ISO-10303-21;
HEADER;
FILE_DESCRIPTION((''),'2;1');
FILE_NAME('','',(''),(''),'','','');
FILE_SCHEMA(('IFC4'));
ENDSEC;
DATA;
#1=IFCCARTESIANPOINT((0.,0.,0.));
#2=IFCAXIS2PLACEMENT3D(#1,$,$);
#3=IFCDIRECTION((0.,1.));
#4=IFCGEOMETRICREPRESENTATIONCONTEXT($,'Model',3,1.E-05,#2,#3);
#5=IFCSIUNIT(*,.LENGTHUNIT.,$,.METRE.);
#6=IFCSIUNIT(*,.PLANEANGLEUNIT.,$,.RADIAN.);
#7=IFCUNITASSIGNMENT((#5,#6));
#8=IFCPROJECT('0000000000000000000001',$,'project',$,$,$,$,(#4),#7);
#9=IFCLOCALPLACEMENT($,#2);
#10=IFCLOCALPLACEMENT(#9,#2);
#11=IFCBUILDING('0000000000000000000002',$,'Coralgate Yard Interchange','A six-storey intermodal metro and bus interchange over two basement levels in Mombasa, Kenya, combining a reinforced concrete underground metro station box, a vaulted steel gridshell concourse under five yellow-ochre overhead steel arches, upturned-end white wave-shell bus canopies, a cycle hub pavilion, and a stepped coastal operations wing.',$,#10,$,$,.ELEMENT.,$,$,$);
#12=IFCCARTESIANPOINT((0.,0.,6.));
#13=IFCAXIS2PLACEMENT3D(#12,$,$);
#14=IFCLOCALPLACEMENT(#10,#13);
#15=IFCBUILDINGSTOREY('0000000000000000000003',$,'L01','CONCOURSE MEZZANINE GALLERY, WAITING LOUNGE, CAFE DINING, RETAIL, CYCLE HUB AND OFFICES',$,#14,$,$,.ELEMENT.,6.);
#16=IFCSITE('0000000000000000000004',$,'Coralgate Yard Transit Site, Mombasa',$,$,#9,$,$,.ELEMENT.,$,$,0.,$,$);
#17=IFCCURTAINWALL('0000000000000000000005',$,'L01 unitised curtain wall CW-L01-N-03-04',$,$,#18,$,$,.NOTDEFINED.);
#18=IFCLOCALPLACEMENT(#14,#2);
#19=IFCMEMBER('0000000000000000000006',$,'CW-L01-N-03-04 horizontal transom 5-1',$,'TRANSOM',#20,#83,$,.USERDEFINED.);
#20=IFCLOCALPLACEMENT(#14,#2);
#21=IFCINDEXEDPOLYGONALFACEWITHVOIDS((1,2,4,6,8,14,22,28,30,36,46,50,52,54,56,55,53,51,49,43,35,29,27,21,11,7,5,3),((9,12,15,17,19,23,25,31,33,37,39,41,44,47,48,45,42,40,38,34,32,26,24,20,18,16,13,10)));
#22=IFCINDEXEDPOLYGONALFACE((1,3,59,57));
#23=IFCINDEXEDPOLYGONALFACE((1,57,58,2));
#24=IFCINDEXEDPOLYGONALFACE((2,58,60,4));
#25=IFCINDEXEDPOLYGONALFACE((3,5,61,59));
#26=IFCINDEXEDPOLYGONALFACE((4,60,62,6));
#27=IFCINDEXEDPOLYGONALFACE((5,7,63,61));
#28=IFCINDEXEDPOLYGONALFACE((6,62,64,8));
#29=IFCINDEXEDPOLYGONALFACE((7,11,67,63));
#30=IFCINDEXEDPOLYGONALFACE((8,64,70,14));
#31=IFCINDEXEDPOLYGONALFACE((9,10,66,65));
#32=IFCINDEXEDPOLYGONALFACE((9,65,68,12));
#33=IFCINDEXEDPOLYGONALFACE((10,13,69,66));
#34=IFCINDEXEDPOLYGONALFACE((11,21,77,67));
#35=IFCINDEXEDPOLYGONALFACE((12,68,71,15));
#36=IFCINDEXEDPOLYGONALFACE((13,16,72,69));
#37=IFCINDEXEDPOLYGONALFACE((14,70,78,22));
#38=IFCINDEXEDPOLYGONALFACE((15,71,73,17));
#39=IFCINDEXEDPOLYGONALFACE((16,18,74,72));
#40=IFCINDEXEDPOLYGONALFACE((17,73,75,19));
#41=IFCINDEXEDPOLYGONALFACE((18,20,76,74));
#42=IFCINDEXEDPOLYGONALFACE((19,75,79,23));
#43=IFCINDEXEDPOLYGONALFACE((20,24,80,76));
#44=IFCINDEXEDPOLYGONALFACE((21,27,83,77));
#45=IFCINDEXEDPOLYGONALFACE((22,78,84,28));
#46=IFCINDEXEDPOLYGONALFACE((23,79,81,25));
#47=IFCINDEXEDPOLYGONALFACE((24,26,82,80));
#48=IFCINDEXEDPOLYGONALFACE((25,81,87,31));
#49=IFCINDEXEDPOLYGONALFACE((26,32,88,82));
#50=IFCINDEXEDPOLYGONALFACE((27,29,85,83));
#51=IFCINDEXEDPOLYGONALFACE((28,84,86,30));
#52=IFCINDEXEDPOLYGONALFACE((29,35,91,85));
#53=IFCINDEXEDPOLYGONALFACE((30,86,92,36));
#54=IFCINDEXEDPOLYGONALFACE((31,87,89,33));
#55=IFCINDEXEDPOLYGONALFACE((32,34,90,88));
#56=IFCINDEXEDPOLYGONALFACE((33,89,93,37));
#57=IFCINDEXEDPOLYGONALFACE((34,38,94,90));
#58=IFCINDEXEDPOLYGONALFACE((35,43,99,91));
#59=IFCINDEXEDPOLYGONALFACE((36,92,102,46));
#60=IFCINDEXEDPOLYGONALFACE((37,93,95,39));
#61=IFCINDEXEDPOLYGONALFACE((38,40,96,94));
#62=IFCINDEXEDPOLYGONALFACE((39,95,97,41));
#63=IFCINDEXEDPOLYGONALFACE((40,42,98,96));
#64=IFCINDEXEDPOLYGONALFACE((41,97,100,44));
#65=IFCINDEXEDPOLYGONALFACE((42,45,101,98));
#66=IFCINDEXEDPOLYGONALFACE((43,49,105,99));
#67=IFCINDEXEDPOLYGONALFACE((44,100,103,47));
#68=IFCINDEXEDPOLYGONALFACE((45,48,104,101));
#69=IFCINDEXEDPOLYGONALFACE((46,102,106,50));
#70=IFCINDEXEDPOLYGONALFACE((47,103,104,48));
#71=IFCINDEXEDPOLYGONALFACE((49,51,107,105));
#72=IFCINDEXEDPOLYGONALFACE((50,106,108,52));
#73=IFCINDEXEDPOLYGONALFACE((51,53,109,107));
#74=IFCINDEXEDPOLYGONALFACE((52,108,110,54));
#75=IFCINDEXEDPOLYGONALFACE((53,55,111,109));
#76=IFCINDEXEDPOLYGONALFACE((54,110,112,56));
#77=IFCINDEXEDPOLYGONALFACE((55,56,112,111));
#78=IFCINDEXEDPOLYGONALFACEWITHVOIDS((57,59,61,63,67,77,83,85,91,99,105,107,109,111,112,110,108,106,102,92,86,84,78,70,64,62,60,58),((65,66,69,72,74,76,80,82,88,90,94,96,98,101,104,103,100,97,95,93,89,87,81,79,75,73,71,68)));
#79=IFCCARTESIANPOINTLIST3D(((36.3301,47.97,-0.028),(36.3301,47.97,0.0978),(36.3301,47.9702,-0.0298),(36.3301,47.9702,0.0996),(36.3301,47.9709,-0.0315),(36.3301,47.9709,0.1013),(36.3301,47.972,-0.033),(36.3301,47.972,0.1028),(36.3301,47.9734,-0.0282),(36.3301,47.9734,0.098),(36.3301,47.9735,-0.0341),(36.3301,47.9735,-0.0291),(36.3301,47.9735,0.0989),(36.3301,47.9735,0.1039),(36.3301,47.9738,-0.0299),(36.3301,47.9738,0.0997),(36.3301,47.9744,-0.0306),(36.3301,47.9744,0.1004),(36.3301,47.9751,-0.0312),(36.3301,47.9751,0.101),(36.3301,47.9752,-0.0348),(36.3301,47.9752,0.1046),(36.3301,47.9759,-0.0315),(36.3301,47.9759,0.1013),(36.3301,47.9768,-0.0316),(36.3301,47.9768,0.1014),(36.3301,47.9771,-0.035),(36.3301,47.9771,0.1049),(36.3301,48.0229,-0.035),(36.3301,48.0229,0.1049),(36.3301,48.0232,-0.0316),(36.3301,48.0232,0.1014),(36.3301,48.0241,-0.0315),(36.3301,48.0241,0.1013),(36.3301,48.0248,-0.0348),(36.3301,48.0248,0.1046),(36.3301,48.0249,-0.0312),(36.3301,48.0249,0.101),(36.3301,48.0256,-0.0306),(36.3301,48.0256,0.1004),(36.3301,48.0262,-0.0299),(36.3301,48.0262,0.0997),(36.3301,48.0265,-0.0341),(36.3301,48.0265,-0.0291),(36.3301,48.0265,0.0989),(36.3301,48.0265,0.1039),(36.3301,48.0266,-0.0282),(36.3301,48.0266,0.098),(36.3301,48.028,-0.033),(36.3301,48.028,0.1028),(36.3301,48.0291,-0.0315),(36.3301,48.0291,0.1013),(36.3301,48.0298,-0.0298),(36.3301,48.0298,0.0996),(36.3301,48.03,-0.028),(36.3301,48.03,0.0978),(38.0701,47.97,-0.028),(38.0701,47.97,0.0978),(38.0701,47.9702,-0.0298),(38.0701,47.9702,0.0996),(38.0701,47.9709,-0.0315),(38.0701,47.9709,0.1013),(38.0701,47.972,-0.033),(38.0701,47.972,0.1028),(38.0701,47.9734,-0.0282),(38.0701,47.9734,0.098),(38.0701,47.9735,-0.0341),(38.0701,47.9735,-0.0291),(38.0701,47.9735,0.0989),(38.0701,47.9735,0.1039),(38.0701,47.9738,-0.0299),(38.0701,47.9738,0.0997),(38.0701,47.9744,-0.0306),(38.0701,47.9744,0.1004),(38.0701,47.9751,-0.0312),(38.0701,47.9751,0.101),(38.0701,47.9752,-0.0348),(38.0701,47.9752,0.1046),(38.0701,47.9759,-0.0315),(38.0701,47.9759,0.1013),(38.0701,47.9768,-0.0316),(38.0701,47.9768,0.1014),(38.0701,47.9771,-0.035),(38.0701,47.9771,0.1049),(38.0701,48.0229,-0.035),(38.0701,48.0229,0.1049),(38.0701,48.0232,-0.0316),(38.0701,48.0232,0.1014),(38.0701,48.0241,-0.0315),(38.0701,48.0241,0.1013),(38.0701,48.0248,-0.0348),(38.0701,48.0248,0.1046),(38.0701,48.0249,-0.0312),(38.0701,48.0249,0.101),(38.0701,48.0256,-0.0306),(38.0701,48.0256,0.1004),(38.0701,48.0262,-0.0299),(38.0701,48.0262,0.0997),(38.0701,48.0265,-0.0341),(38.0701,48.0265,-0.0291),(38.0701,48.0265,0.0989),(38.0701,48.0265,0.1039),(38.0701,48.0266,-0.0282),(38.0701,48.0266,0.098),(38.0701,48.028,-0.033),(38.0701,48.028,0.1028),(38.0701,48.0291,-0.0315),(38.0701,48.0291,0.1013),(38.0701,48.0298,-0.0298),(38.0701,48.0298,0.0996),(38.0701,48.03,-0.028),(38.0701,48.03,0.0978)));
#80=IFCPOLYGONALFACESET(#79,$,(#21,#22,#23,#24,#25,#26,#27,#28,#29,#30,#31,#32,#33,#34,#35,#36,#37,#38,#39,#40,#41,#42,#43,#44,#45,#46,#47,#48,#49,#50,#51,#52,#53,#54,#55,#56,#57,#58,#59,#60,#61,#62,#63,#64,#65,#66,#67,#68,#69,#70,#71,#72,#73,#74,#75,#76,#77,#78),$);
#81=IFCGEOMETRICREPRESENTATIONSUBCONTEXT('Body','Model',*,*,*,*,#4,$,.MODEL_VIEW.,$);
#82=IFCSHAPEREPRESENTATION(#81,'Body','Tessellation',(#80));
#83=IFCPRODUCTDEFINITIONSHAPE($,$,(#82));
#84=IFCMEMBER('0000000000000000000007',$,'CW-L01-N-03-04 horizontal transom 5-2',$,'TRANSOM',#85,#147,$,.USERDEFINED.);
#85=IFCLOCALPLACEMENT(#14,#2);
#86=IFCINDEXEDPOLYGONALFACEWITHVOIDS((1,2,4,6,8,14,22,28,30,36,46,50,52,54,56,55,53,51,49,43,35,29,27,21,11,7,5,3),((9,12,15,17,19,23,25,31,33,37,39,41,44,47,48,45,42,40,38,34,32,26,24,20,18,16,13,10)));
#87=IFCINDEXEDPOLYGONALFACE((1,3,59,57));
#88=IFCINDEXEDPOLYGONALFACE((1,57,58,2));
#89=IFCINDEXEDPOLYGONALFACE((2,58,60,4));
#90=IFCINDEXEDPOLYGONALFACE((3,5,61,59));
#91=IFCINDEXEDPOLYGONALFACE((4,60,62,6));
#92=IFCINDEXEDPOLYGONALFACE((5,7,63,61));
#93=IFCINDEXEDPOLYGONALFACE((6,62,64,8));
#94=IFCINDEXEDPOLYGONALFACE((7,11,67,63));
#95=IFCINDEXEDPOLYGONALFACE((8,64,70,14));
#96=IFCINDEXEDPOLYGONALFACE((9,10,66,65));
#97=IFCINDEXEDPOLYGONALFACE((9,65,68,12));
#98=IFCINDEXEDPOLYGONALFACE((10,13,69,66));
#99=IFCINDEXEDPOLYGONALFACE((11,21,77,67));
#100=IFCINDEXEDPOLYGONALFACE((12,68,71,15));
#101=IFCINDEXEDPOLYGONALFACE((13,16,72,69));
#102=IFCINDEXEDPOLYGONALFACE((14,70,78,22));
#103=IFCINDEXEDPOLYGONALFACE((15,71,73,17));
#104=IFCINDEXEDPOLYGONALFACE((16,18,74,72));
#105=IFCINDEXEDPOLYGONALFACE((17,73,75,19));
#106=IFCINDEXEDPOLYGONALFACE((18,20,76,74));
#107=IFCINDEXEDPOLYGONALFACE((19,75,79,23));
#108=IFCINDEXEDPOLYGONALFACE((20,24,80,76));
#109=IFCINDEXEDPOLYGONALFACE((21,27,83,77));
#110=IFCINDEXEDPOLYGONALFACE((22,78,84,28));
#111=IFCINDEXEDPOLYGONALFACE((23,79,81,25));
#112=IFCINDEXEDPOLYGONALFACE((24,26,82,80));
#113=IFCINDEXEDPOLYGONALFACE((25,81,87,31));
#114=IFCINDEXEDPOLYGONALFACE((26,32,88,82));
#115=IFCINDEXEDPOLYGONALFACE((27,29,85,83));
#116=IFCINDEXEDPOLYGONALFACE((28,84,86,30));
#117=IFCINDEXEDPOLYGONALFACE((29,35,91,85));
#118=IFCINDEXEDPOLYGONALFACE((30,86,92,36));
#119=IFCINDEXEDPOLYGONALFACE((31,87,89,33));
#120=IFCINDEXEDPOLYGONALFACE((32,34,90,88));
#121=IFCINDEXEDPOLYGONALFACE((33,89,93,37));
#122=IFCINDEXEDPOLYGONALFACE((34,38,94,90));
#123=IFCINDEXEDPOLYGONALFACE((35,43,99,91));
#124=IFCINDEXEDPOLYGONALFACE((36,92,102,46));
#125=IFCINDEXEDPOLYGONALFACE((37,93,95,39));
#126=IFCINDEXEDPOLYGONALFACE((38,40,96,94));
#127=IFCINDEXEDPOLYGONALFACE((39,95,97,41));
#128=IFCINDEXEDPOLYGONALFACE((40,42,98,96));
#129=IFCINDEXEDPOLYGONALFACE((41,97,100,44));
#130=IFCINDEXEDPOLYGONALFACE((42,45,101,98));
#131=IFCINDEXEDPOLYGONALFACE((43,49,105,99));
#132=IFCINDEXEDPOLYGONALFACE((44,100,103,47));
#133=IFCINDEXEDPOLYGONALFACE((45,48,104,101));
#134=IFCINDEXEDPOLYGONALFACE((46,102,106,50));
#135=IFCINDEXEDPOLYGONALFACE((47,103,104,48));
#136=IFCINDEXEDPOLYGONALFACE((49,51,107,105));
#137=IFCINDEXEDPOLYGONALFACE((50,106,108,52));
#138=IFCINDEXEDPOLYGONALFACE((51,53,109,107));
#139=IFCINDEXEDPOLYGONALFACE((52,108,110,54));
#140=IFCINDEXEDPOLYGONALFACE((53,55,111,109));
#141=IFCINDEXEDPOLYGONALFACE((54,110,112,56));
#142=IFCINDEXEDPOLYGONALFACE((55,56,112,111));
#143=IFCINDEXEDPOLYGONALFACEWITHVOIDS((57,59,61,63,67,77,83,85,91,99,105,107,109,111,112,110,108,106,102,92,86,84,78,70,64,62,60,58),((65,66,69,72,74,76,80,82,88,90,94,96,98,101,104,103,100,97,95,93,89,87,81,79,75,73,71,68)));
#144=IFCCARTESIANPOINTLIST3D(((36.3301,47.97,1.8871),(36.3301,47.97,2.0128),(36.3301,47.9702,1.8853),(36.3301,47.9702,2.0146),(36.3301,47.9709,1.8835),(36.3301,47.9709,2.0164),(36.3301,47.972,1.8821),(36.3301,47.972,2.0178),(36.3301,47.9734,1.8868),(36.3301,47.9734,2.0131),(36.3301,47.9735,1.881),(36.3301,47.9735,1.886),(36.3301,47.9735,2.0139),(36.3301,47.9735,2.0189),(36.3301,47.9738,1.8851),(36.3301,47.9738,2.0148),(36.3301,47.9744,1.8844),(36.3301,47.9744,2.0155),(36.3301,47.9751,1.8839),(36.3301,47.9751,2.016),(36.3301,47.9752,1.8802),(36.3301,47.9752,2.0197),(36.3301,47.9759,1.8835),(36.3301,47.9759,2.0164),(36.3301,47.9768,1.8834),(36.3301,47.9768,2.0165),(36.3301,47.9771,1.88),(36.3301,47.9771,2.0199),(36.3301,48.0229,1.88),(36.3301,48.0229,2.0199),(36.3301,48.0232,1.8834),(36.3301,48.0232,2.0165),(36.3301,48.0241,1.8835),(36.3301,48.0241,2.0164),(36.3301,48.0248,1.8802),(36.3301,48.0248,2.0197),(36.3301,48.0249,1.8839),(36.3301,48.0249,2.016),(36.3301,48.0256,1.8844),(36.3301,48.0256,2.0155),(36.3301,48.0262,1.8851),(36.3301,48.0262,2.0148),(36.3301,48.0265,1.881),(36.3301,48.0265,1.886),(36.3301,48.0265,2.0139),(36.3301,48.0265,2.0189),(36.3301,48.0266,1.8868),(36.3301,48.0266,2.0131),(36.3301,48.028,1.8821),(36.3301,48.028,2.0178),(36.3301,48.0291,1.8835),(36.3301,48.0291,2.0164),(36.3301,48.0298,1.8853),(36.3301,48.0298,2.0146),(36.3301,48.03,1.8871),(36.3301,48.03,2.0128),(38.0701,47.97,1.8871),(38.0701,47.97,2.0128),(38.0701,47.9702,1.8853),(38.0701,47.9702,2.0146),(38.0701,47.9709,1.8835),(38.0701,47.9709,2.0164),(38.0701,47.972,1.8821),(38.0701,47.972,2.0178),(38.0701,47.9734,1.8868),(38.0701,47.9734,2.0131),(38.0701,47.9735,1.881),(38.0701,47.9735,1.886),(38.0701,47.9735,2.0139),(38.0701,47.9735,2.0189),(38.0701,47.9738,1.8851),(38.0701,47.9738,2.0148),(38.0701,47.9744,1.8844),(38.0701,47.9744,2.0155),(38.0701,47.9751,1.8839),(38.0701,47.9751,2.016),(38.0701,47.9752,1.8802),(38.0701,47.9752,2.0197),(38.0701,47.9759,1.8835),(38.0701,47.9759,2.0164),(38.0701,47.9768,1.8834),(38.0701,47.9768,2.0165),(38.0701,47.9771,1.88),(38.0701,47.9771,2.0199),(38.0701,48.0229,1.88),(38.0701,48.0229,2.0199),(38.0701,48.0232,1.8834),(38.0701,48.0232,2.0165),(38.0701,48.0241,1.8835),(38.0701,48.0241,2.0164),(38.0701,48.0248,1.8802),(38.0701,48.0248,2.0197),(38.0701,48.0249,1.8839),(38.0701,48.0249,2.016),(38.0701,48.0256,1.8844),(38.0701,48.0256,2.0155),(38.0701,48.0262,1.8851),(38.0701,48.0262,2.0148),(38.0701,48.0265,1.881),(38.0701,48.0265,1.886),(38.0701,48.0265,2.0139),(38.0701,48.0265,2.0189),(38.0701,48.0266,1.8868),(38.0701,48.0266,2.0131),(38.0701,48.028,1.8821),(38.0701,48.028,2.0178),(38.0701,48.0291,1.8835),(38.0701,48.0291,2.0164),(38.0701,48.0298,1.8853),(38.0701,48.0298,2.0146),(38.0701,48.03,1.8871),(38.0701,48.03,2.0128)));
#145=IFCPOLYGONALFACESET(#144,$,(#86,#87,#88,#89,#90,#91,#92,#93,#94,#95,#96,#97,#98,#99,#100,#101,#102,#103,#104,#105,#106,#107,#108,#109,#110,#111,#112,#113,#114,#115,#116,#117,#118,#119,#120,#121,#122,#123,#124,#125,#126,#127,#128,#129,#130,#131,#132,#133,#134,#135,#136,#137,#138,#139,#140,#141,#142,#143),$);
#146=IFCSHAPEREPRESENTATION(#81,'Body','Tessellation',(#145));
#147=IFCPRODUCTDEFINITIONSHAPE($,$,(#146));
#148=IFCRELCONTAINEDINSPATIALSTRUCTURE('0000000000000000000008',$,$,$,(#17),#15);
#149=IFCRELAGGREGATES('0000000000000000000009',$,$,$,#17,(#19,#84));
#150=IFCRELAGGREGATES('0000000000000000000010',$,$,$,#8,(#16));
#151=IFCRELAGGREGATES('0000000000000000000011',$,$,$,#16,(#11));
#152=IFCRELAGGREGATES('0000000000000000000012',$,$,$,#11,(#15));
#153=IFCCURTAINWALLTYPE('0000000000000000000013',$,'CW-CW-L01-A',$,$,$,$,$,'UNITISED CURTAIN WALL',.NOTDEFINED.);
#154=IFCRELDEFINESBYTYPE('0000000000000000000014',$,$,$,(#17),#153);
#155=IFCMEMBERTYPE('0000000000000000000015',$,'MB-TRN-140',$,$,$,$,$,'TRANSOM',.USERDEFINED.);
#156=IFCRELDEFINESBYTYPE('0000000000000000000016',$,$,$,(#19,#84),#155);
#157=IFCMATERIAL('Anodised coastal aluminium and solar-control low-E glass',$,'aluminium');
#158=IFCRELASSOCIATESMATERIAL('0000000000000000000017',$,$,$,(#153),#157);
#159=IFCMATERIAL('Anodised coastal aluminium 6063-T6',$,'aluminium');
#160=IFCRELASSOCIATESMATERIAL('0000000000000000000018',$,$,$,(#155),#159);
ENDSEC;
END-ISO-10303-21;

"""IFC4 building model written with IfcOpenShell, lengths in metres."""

from ifc_helpers import new_model, si_unit, direction, frame, origin, origin_2d, place, context, subcontext, project, spatial, hollow_rectangle, extrude, material, material_profile, profile_set, type_object, element, aggregate, save


model = new_model("IFC4")

# Units and contexts
model_context = context("Model", 3, precision=1e-05, world=origin(), true_north=direction((0.0, 1.0)))
body_context = subcontext(model_context, "Body", "Model", "MODEL_VIEW")
ifc_project = project(units=[si_unit("LENGTHUNIT", "METRE"), si_unit("PLANEANGLEUNIT", "RADIAN")], contexts=[model_context])

# Site, building, storey
site_placement = place(None, origin())
site = spatial("IfcSite", under=ifc_project, at=site_placement, Name="Coralgate Yard Transit Site, Mombasa", CompositionType="ELEMENT", RefElevation=0.0)
building_placement = place(site_placement, origin())
building = spatial("IfcBuilding", under=site, at=building_placement, Name="Coralgate Yard Interchange", Description="A six-storey intermodal metro and bus interchange over two basement levels in Mombasa, Kenya, combining a reinforced concrete underground metro station box, a vaulted steel gridshell concourse under five yellow-ochre overhead steel arches, upturned-end white wave-shell bus canopies, a cycle hub pavilion, and a stepped coastal operations wing.", CompositionType="ELEMENT")
storey_placement = place(building_placement, frame((0.0, 0.0, 6.0)))
storey = spatial("IfcBuildingStorey", under=building, at=storey_placement, Name="L01", Description="CONCOURSE MEZZANINE GALLERY, WAITING LOUNGE, CAFE DINING, RETAIL, CYCLE HUB AND OFFICES", CompositionType="ELEMENT", Elevation=6.0)

# Curtain wall, members
ifc_material_1 = material(Name="Anodised coastal aluminium and solar-control low-E glass", Category="aluminium")
curtain_wall_type = type_object("IfcCurtainWallType", Name="CW-CW-L01-A", ElementType="UNITISED CURTAIN WALL", PredefinedType="NOTDEFINED", material=ifc_material_1)
curtain_wall_placement = place(storey_placement, origin())
curtain_wall = element("IfcCurtainWall", 1, at=curtain_wall_placement, inside=storey, type_object=curtain_wall_type, Name="L01 unitised curtain wall CW-L01-N-03-04", PredefinedType="NOTDEFINED")
ifc_material_2 = material(Name="Anodised coastal aluminium 6063-T6", Category="aluminium")
ifc_material_profile_1 = material_profile(ifc_material_2, hollow_rectangle(XDim=0.0601, YDim=0.1399, WallThickness=0.0034, InnerFilletRadius=0.0034, OuterFilletRadius=0.0071, at=origin_2d()), Name="ALU 60x140x3.5")
ifc_profile_set_1 = profile_set([ifc_material_profile_1], Name="Anodised coastal aluminium 6063-T6")
member_type_1 = type_object("IfcMemberType", Name="MB-TRN-140", ElementType="TRANSOM", PredefinedType="USERDEFINED", material=ifc_profile_set_1)
member_1_placement = place(storey_placement, frame((36.3301, 48.0, 0.0349), z_axis=(1.0, 0.0, 0.0), x_axis=(0.0, 1.0, 0.0)))
member_1 = element("IfcMember", 2, at=member_1_placement, type_object=member_type_1, Name="CW-L01-N-03-04 horizontal transom 5-1", ObjectType="TRANSOM", PredefinedType="USERDEFINED", context=body_context, shape_type="SweptSolid", body=[
    extrude(hollow_rectangle(XDim=0.0601, YDim=0.1399, WallThickness=0.0034, InnerFilletRadius=0.0034, OuterFilletRadius=0.0071, at=origin_2d()), origin(), (0.0, 0.0, 1.0), 1.74),
])
member_2_placement = place(storey_placement, frame((36.3301, 48.0, 1.95), z_axis=(1.0, 0.0, 0.0), x_axis=(0.0, 1.0, 0.0)))
member_2 = element("IfcMember", 3, at=member_2_placement, type_object=member_type_1, Name="CW-L01-N-03-04 horizontal transom 5-2", ObjectType="TRANSOM", PredefinedType="USERDEFINED", context=body_context, shape_type="SweptSolid", body=[
    extrude(hollow_rectangle(XDim=0.0601, YDim=0.1399, WallThickness=0.0034, InnerFilletRadius=0.0034, OuterFilletRadius=0.0071, at=origin_2d()), origin(), (0.0, 0.0, 1.0), 1.74),
])
aggregate(curtain_wall, [member_1, member_2])

save(model, "model.ifc")
